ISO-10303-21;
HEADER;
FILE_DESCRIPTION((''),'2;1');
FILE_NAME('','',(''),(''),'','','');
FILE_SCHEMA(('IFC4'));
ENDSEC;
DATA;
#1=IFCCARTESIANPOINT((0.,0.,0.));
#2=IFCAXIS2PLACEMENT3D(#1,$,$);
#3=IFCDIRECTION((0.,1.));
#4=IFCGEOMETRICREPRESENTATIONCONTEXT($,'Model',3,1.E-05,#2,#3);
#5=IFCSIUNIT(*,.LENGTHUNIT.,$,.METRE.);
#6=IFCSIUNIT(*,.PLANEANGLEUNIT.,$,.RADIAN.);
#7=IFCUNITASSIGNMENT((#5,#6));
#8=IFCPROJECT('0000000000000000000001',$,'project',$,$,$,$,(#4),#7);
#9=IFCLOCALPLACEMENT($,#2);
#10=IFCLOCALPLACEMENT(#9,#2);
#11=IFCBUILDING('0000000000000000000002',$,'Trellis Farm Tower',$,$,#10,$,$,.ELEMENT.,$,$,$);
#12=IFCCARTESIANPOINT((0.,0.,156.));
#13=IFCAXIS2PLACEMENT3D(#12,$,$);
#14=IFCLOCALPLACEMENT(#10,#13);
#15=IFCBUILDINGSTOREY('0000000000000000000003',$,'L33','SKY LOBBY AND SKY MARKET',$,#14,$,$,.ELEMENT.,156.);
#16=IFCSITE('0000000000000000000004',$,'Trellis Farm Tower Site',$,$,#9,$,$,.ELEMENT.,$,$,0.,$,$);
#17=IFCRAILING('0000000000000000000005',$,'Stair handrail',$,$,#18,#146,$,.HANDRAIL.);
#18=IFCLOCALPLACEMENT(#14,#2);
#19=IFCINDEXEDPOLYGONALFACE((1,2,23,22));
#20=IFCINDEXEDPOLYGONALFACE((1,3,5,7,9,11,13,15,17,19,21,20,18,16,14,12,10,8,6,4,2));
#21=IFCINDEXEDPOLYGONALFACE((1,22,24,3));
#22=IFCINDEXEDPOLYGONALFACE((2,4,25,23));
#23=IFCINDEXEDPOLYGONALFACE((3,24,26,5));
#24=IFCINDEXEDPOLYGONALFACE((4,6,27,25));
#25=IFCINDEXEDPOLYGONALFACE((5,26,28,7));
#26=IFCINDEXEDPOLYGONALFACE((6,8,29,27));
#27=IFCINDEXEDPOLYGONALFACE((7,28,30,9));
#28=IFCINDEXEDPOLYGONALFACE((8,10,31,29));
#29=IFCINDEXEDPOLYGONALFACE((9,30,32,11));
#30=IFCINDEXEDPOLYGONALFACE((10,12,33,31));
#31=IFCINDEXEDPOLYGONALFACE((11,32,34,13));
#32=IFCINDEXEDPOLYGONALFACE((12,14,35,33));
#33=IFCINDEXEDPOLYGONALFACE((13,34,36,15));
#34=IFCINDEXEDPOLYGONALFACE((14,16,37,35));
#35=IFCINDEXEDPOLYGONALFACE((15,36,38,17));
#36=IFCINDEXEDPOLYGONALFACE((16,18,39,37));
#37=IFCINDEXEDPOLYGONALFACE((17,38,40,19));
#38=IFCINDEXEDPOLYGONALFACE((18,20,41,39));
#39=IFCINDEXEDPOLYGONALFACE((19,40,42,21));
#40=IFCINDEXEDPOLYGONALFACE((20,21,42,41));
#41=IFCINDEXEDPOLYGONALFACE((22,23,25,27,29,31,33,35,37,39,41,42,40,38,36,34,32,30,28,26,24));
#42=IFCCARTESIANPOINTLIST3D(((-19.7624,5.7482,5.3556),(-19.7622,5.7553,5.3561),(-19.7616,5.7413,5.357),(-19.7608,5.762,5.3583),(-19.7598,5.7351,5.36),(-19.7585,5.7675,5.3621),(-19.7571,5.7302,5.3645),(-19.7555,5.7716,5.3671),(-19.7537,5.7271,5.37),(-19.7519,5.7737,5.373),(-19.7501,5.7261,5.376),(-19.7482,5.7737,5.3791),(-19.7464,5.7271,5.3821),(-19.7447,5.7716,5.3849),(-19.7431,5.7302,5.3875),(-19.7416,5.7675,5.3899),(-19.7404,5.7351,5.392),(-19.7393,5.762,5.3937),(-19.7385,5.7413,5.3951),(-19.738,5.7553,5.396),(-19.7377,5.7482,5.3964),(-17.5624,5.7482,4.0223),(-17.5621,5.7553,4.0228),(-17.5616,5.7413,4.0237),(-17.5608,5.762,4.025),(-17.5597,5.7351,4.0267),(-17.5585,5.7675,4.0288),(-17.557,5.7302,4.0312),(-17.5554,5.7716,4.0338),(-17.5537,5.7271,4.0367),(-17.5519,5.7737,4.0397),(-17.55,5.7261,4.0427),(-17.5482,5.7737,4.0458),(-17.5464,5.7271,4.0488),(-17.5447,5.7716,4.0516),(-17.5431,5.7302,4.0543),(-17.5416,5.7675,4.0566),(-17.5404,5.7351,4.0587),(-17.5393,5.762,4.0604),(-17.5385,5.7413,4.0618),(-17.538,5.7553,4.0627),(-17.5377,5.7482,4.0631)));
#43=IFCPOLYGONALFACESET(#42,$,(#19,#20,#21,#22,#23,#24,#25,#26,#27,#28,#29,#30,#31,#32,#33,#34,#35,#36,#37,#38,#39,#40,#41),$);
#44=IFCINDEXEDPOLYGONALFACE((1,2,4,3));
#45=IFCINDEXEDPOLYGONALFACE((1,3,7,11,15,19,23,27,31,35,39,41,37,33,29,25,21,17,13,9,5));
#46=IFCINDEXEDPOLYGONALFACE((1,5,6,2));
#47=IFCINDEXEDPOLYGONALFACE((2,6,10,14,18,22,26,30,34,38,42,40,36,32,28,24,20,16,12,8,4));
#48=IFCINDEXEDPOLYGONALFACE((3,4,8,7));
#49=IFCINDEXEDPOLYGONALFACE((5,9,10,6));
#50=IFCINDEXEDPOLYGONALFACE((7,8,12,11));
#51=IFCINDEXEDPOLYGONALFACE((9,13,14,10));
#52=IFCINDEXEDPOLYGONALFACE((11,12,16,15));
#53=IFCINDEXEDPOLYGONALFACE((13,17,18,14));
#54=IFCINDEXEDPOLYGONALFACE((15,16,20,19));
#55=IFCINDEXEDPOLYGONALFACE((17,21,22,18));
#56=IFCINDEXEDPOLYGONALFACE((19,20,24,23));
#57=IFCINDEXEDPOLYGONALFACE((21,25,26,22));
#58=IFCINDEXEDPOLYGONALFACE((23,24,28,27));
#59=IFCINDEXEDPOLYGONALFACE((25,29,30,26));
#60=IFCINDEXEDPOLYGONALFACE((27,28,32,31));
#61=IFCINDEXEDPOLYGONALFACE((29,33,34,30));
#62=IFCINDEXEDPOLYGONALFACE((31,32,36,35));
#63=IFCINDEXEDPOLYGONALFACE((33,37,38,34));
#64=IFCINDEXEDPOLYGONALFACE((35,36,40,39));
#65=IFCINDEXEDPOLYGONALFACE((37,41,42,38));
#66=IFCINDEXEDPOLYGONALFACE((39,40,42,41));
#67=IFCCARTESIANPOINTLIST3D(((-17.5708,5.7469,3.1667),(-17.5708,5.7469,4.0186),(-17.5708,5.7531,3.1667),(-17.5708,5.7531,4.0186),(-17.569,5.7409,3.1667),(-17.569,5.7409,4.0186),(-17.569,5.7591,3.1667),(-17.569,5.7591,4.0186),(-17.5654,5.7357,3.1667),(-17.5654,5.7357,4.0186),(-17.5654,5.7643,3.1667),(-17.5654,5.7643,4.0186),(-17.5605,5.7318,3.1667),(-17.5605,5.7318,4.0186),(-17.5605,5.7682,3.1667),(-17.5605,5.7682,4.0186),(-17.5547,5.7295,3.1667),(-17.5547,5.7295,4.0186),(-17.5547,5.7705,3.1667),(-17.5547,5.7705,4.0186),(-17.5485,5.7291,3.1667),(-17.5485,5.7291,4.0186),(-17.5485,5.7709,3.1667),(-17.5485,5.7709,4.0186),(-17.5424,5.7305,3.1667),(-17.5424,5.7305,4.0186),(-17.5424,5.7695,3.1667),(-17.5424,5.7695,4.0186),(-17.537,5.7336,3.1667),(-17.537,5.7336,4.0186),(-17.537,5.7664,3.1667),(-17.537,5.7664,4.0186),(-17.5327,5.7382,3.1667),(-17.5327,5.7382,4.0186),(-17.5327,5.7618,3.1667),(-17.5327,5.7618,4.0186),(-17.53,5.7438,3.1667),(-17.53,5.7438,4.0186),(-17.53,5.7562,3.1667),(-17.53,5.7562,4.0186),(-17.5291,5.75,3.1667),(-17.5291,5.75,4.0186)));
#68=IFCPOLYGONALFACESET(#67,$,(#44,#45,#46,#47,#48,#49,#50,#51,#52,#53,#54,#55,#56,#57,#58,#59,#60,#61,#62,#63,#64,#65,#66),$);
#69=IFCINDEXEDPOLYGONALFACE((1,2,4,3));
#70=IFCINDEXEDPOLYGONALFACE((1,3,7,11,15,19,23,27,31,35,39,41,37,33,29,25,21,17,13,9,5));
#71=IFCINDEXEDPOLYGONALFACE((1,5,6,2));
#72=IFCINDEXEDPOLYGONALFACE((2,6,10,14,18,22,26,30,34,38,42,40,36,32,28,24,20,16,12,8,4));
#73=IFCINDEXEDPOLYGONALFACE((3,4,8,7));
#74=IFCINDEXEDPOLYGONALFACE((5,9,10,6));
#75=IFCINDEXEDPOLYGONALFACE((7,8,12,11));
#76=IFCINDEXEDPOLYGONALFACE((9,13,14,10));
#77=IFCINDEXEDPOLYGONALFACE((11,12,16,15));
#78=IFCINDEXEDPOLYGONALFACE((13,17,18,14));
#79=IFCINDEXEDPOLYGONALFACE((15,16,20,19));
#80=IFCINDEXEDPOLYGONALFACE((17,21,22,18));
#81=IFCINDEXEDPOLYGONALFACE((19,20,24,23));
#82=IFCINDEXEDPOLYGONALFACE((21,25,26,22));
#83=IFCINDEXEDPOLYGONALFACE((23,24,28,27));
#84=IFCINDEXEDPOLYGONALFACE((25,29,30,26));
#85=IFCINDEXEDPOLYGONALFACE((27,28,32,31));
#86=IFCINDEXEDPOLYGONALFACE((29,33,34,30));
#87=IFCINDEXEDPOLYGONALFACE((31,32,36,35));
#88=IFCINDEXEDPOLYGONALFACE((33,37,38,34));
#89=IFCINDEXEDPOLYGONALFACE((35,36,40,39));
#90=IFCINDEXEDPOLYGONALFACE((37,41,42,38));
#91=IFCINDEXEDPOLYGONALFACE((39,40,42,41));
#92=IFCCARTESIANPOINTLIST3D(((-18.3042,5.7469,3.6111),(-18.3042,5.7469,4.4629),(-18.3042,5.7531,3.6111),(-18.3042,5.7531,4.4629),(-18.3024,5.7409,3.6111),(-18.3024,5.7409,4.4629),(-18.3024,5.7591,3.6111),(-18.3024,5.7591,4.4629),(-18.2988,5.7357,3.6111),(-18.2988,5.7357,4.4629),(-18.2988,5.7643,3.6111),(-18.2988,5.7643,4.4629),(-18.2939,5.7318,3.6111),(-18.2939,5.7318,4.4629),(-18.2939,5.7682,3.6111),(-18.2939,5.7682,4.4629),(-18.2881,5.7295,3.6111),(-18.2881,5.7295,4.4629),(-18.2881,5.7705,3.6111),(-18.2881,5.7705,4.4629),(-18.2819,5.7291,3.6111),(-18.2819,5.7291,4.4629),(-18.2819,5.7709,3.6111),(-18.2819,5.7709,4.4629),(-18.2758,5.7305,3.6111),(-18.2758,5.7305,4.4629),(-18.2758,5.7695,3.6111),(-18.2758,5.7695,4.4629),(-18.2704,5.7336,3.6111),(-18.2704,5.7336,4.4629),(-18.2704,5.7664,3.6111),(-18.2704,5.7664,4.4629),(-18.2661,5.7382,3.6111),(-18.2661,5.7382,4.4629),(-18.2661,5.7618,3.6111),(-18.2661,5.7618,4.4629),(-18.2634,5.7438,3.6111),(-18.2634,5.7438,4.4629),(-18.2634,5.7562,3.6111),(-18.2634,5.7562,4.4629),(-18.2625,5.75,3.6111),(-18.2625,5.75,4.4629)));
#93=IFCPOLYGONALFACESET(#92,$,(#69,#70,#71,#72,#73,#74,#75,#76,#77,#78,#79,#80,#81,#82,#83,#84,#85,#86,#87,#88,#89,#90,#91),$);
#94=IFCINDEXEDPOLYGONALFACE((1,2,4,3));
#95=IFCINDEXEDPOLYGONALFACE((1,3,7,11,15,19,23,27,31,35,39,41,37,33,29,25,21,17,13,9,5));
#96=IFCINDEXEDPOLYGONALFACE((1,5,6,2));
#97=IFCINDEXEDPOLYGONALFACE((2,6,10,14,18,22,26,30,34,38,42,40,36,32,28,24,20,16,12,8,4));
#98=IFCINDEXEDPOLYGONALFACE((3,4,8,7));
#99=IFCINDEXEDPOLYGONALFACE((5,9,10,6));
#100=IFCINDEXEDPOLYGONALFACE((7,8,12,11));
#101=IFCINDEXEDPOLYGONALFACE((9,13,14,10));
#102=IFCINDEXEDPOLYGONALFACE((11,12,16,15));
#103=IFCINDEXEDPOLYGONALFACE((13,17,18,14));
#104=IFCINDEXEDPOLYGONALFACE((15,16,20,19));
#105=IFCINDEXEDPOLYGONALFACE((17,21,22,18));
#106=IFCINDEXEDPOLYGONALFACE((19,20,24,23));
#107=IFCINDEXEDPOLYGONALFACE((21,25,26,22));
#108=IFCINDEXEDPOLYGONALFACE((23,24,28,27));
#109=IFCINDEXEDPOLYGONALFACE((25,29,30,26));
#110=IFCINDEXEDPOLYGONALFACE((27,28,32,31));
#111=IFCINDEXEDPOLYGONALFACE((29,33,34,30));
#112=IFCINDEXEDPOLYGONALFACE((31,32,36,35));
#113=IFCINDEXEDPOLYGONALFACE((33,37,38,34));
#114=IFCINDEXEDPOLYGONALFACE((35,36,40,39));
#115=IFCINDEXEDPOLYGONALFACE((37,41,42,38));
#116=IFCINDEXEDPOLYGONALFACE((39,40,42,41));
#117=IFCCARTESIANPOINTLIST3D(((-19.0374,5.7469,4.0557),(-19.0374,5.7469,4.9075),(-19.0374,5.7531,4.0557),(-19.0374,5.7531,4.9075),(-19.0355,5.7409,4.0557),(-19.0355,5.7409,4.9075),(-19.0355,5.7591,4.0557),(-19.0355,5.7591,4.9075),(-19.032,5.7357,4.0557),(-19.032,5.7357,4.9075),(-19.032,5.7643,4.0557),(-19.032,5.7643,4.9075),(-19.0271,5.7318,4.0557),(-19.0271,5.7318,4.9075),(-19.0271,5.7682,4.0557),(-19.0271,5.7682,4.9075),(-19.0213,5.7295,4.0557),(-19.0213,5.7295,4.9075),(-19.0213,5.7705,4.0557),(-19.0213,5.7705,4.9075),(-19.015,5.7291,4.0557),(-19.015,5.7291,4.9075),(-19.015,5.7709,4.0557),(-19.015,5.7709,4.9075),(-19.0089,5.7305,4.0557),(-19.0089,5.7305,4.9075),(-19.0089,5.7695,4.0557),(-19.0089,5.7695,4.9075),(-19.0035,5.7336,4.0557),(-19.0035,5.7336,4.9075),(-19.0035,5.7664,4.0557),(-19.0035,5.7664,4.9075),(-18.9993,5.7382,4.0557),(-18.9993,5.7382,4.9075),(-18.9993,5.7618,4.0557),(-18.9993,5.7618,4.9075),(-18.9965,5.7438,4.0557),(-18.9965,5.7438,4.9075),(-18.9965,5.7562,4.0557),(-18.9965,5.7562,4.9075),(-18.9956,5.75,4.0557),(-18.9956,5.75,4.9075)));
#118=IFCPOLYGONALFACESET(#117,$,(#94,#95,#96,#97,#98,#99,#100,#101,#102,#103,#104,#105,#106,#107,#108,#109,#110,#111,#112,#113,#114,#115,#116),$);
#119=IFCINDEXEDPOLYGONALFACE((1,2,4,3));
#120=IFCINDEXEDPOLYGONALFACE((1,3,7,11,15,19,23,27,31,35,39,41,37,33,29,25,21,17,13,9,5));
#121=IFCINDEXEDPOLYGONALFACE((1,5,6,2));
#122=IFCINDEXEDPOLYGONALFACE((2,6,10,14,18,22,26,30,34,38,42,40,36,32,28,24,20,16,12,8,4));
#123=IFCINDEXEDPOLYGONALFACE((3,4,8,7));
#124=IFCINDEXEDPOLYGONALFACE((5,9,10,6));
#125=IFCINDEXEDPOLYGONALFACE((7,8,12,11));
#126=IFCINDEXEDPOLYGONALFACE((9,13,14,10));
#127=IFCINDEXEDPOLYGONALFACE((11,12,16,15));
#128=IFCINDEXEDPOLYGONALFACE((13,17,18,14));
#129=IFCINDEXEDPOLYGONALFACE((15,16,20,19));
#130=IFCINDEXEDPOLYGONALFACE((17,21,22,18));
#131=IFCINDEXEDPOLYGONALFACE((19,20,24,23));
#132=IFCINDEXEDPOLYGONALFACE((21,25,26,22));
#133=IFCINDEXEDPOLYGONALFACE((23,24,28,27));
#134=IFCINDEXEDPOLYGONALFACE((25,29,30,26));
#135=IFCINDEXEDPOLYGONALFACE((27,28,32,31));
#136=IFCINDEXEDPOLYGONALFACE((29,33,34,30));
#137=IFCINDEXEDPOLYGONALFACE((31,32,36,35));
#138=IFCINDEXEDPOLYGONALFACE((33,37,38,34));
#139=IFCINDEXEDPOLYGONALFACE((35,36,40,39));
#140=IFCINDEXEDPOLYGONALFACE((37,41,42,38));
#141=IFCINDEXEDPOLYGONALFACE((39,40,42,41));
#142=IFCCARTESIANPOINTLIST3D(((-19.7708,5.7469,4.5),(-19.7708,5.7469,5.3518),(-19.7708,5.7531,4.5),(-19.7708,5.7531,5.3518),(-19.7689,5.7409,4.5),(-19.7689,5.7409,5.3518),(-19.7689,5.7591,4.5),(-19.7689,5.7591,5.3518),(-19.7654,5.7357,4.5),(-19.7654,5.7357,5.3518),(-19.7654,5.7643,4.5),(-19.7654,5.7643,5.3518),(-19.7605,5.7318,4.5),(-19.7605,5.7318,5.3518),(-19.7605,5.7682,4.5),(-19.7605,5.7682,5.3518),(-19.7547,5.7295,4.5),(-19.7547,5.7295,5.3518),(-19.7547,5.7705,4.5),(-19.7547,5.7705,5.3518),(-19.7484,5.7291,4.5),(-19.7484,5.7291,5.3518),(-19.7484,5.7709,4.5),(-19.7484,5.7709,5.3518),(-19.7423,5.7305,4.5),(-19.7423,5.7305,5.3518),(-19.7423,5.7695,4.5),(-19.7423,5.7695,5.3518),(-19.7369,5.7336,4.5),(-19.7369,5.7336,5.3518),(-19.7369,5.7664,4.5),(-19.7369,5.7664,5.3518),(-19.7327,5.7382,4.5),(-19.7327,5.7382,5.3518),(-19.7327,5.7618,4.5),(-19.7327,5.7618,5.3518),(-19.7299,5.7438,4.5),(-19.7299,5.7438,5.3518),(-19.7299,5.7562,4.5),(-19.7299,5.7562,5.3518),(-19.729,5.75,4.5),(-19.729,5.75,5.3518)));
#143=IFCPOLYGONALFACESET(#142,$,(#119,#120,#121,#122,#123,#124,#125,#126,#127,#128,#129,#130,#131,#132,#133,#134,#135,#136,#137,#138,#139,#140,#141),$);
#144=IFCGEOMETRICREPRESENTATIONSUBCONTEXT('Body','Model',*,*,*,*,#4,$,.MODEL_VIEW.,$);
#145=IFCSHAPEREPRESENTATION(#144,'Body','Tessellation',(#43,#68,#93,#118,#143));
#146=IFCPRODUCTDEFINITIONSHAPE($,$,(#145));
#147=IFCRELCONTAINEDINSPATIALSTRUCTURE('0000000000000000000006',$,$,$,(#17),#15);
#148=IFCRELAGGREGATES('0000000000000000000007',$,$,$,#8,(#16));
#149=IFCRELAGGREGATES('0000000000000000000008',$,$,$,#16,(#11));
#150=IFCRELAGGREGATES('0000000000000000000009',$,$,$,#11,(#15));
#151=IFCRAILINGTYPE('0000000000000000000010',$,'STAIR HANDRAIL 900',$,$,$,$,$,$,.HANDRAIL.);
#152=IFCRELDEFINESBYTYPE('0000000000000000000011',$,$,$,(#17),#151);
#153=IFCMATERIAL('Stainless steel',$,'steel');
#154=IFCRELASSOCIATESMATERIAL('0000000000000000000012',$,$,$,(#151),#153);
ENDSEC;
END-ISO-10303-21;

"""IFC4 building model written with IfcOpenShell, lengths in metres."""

from ifc_helpers import new_model, si_unit, direction, frame, origin, origin_2d, place, context, subcontext, project, spatial, circle, extrude, source, transform, mapped, material, type_object, element, save


model = new_model("IFC4")

# Units and contexts
model_context = context("Model", 3, precision=1e-05, world=origin(), true_north=direction((0.0, 1.0)))
body_context = subcontext(model_context, "Body", "Model", "MODEL_VIEW")
ifc_project = project(units=[si_unit("LENGTHUNIT", "METRE"), si_unit("PLANEANGLEUNIT", "RADIAN")], contexts=[model_context])

# Site, building, storey
site_placement = place(None, origin())
site = spatial("IfcSite", under=ifc_project, at=site_placement, Name="Trellis Farm Tower Site", CompositionType="ELEMENT", RefElevation=0.0)
building_placement = place(site_placement, origin())
building = spatial("IfcBuilding", under=site, at=building_placement, Name="Trellis Farm Tower", CompositionType="ELEMENT")
storey_placement = place(building_placement, frame((0.0, 0.0, 156.0)))
storey = spatial("IfcBuildingStorey", under=building, at=storey_placement, Name="L33", Description="SKY LOBBY AND SKY MARKET", CompositionType="ELEMENT", Elevation=156.0)

# Shared definitions
ifc_material_1 = material(Name="Stainless steel", Category="steel")

# Railing
railing_type = type_object("IfcRailingType", Name="STAIR HANDRAIL 900", PredefinedType="HANDRAIL", material=ifc_material_1)
shared_shape_1 = source(origin(), body_context, "Body", "SweptSolid", [
    extrude(circle(Radius=0.0239, at=origin_2d()), frame((0.0, 0.0, 0.876), z_axis=(-0.855207, 0.0, 0.518287), x_axis=(0.0, -1.0, 0.0)), (0.0, 0.0, 1.0), 2.5725),
    extrude(circle(Radius=0.021, at=origin_2d()), origin(), (0.0, 0.0, 1.0), 0.8518),
    extrude(circle(Radius=0.021, at=origin_2d()), frame((-0.7334, 0.0, 0.4443)), (0.0, 0.0, 1.0), 0.8518),
    extrude(circle(Radius=0.021, at=origin_2d()), frame((-1.4666, 0.0, 0.8889)), (0.0, 0.0, 1.0), 0.8518),
    extrude(circle(Radius=0.021, at=origin_2d()), frame((-2.2, 0.0, 1.3333)), (0.0, 0.0, 1.0), 0.8518),
])
for number, where, name in (
    (1, (-17.55, 5.75, 3.1667), "Stair handrail"),
):
    element("IfcRailing", number, at=place(storey_placement, frame(where)), inside=storey, type_object=railing_type, Name=name, PredefinedType="HANDRAIL", context=body_context, shape_type="MappedRepresentation", body=[
        mapped(shared_shape_1, transform((0.0, 0.0, 0.0))),
    ])

save(model, "model.ifc")
